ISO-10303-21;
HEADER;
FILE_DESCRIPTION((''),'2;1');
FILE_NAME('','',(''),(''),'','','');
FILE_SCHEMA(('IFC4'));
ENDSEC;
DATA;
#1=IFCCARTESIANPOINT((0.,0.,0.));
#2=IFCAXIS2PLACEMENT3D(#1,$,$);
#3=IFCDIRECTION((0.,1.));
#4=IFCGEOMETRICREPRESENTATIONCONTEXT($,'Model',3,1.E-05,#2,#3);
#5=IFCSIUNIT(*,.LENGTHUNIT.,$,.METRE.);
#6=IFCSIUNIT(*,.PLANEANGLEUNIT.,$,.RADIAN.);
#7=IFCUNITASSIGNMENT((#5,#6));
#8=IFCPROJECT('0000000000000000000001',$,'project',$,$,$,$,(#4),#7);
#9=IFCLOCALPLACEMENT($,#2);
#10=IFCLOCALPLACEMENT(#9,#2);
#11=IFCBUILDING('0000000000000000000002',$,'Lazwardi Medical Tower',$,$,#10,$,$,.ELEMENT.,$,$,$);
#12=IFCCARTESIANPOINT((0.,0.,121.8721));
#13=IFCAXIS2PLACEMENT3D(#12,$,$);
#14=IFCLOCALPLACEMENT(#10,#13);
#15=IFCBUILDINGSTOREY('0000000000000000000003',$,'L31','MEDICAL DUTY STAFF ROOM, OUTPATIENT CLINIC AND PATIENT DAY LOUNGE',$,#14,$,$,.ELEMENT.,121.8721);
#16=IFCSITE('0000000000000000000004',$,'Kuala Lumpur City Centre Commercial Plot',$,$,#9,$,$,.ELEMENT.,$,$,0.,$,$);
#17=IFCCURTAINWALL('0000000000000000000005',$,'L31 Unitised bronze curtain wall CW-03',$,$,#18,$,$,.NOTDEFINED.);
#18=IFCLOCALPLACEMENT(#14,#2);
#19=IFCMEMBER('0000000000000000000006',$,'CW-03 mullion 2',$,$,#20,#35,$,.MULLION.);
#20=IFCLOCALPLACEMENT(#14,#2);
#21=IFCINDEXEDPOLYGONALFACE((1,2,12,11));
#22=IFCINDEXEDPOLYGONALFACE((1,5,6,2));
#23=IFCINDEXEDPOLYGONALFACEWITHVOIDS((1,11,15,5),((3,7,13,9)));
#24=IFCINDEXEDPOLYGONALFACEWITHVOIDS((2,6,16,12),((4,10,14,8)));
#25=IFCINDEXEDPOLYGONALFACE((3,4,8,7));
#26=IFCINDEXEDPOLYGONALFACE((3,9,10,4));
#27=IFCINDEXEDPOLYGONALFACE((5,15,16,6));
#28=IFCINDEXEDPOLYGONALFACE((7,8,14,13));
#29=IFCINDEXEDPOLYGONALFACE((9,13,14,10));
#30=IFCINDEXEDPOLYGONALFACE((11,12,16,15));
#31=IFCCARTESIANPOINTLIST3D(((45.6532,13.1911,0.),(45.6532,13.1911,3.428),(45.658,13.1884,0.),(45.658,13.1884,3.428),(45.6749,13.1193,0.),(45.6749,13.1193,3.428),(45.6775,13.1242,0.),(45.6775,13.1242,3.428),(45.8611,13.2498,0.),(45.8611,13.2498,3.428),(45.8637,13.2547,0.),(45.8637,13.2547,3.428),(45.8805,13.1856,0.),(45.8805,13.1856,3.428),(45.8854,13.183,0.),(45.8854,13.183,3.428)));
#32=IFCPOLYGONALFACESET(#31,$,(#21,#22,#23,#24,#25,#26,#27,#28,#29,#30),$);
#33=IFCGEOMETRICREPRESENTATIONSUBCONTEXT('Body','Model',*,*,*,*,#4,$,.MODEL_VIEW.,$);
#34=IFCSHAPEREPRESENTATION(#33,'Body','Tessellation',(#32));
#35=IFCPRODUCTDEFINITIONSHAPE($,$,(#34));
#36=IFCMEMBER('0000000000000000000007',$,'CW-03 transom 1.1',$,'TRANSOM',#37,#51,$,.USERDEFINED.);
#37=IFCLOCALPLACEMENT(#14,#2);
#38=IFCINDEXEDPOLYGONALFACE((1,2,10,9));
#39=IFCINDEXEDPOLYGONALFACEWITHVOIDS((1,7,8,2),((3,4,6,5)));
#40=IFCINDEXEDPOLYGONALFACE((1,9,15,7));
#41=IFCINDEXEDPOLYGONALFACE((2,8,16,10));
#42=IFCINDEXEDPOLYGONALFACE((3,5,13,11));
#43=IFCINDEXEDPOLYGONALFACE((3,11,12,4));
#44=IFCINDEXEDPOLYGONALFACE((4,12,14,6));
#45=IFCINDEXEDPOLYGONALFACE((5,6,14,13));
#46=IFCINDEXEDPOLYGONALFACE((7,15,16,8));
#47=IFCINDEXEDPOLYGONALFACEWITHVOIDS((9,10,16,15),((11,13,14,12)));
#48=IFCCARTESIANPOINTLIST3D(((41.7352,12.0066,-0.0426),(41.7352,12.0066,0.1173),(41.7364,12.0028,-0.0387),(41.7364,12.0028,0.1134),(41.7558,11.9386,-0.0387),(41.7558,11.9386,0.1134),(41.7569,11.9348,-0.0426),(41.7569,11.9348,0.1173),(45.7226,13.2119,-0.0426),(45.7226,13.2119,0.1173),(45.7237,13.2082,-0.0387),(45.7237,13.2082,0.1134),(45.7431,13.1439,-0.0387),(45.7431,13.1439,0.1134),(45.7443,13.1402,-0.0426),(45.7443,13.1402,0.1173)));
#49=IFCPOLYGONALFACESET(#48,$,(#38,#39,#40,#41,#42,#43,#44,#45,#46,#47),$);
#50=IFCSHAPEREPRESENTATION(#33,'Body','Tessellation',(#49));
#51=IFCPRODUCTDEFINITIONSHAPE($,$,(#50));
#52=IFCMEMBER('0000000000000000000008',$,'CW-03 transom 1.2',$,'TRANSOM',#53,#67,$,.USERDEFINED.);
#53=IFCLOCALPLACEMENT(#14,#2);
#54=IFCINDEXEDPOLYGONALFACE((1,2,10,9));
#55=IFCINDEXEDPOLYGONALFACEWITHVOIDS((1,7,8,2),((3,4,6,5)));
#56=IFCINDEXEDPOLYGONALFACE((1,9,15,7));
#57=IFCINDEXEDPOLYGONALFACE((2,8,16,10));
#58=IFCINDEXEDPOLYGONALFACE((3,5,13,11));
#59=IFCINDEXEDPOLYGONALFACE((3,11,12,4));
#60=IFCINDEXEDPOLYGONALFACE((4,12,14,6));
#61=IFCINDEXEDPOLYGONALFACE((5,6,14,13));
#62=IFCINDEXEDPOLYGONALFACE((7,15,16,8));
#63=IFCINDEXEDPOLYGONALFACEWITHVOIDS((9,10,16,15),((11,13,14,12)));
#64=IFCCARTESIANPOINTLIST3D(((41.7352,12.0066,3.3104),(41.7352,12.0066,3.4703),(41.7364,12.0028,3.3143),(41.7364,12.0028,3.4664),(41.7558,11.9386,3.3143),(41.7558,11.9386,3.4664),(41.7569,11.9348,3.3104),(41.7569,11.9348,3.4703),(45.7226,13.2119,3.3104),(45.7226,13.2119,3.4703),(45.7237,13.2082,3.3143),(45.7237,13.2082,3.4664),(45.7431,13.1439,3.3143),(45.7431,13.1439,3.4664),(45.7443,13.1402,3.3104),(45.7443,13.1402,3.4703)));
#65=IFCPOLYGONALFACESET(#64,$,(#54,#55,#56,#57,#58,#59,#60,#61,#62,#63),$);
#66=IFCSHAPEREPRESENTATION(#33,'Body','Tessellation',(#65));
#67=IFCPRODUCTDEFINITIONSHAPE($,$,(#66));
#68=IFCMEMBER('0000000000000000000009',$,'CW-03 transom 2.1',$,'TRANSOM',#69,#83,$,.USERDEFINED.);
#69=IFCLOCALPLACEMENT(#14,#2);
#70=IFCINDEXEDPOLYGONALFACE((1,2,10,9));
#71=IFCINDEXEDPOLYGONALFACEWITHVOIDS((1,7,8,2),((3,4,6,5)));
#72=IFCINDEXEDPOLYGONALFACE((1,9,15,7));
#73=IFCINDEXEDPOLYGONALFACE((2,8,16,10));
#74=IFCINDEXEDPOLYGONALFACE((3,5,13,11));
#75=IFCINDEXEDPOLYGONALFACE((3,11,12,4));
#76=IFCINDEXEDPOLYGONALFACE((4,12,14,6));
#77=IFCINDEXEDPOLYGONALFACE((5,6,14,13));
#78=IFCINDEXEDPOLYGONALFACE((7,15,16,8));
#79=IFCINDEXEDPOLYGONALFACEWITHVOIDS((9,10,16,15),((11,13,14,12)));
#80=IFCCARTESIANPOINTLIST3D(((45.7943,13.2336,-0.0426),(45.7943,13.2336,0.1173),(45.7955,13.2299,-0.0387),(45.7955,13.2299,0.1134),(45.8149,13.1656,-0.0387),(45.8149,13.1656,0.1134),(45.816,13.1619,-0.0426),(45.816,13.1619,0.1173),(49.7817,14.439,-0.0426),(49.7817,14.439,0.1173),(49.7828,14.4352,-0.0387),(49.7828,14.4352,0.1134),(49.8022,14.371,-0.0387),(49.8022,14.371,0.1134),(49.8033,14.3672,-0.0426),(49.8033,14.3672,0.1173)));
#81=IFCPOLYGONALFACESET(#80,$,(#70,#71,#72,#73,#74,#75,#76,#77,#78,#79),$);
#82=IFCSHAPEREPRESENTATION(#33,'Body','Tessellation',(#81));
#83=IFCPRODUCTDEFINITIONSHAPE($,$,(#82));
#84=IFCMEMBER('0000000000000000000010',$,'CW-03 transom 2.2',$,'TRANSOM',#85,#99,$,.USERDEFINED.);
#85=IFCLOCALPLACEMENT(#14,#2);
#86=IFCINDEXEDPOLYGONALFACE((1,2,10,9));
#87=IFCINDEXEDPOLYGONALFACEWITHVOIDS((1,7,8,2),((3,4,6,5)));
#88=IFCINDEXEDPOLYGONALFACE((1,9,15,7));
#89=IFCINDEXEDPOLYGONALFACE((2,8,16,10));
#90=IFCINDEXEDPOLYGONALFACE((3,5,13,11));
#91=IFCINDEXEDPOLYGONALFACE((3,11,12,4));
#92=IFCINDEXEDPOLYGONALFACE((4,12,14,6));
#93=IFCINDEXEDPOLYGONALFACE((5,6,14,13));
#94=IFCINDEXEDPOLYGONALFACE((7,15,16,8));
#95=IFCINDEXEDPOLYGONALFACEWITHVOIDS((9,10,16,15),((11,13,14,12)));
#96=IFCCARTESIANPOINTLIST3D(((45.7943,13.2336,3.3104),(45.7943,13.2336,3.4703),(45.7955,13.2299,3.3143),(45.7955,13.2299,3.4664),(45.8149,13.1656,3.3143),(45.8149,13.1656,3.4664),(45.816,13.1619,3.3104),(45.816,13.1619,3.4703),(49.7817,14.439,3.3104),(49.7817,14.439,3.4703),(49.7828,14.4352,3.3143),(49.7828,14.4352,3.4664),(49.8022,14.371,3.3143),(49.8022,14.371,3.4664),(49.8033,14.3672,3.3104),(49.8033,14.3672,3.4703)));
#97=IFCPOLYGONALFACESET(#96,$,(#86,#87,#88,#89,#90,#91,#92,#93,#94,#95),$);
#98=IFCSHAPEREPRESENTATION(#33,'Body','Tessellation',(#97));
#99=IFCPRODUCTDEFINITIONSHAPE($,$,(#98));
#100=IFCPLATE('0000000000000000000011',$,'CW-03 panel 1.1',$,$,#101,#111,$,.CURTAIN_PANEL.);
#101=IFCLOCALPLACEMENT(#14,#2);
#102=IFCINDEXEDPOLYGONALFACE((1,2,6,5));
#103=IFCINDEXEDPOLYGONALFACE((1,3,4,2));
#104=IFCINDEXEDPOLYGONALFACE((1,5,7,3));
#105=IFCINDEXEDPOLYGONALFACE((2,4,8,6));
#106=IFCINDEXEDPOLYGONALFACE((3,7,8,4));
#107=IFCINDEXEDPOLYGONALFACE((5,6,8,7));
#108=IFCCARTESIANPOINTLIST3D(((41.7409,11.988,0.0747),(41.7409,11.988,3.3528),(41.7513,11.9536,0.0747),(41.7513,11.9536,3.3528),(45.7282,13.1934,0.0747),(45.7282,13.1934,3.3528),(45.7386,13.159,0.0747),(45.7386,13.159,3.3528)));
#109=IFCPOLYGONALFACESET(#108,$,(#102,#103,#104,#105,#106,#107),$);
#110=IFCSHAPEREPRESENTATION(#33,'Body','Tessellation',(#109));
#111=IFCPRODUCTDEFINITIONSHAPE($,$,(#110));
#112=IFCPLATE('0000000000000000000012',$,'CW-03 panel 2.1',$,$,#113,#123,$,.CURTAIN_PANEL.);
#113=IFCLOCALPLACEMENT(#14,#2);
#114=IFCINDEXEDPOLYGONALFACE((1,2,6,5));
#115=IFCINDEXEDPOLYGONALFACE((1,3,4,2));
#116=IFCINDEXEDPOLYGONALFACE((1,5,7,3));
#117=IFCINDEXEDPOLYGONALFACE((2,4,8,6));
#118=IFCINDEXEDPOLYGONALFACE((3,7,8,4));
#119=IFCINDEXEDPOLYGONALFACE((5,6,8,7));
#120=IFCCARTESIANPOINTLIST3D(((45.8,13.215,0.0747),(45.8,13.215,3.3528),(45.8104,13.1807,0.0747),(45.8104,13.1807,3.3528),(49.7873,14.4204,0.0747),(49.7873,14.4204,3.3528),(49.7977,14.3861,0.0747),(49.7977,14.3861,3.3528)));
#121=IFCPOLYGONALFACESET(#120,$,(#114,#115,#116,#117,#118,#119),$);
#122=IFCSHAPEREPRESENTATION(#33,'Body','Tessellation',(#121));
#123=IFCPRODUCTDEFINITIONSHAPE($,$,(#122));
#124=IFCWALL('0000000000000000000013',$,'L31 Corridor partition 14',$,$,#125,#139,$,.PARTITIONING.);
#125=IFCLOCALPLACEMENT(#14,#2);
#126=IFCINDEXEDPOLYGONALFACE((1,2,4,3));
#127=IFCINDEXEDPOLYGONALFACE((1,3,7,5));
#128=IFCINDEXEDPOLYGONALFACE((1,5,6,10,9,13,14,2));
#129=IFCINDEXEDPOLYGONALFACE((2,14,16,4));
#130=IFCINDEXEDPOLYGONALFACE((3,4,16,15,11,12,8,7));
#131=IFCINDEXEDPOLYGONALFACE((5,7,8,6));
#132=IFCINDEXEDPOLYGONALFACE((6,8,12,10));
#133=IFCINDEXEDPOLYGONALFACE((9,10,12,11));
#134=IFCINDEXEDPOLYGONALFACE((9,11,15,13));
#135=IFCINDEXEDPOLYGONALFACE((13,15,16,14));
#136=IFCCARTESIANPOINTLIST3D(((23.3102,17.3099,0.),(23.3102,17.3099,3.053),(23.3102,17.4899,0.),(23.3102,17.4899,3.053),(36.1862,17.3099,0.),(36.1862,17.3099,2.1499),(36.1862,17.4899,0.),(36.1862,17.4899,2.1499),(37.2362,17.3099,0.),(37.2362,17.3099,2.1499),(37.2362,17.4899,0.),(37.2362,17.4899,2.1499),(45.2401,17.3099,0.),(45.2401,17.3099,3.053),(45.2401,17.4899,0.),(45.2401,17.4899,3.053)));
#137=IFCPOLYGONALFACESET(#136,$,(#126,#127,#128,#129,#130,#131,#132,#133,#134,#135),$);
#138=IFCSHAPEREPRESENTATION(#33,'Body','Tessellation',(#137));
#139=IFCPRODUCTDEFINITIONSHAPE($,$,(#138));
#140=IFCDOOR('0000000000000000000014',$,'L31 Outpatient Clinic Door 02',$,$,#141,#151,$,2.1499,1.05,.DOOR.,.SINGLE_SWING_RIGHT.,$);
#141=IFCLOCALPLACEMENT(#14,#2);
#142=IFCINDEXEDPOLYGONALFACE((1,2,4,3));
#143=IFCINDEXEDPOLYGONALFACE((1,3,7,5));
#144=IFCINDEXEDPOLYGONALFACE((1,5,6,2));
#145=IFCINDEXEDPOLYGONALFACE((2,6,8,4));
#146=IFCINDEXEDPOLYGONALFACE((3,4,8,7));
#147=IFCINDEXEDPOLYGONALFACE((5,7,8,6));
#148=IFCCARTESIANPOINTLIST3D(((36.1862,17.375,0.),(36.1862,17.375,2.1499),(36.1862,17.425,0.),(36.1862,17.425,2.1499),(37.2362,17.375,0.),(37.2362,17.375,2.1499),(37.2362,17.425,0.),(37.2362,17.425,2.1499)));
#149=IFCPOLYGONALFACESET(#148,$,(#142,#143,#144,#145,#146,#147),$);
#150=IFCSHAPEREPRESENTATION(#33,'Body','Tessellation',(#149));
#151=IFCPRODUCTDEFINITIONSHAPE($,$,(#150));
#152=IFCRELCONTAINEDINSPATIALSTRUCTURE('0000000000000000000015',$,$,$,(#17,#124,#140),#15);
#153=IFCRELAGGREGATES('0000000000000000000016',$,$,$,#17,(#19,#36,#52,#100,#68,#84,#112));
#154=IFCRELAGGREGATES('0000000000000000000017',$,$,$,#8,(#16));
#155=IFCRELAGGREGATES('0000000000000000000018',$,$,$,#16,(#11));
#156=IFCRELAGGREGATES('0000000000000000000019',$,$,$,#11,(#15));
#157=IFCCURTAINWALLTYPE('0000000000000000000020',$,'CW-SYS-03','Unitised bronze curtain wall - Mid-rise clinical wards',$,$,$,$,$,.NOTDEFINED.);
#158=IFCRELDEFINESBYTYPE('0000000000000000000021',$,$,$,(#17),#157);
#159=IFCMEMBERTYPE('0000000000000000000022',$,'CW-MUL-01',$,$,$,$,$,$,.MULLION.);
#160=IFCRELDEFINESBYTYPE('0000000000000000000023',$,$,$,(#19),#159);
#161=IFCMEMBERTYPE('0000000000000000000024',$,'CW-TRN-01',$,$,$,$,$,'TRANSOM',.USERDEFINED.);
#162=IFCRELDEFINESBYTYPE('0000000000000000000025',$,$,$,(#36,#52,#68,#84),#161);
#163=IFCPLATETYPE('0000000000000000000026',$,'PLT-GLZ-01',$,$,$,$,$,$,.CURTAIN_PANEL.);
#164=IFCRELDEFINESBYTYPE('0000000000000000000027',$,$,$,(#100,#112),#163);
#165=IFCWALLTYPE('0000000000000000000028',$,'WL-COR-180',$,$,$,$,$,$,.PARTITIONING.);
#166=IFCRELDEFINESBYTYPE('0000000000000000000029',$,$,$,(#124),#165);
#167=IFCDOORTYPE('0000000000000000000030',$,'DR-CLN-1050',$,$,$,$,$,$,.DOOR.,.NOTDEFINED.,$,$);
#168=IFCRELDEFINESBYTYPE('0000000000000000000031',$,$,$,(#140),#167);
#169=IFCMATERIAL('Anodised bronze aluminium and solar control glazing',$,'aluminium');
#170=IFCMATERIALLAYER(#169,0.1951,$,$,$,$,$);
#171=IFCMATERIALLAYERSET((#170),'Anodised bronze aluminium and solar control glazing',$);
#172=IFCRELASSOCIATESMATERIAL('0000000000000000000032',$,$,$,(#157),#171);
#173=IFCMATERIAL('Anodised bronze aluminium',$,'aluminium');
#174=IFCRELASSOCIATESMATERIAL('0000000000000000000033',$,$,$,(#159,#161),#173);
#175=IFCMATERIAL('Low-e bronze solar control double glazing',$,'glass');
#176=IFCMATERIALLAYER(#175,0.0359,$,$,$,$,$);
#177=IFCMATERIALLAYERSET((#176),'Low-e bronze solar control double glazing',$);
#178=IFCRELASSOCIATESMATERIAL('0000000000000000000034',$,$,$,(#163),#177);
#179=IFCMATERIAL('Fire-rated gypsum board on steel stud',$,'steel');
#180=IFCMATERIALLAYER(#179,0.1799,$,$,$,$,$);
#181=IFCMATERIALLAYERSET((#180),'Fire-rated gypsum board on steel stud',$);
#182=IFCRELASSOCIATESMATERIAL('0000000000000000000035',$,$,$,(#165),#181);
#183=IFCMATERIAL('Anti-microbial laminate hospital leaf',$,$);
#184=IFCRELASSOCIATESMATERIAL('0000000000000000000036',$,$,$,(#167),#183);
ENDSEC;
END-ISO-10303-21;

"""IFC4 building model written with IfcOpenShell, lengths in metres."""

from ifc_helpers import new_model, si_unit, direction, frame, frame_2d, origin, origin_2d, place, context, subcontext, project, spatial, rectangle, hollow_rectangle, extrude, material, layer, layer_set, material_profile, profile_set, type_object, element, fill, aggregate, save


model = new_model("IFC4")

# Units and contexts
model_context = context("Model", 3, precision=1e-05, world=origin(), true_north=direction((0.0, 1.0)))
body_context = subcontext(model_context, "Body", "Model", "MODEL_VIEW")
ifc_project = project(units=[si_unit("LENGTHUNIT", "METRE"), si_unit("PLANEANGLEUNIT", "RADIAN")], contexts=[model_context])

# Site, building, storey
site_placement = place(None, origin())
site = spatial("IfcSite", under=ifc_project, at=site_placement, Name="Kuala Lumpur City Centre Commercial Plot", CompositionType="ELEMENT", RefElevation=0.0)
building_placement = place(site_placement, origin())
building = spatial("IfcBuilding", under=site, at=building_placement, Name="Lazwardi Medical Tower", CompositionType="ELEMENT")
storey_placement = place(building_placement, frame((0.0, 0.0, 121.8721)))
storey = spatial("IfcBuildingStorey", under=building, at=storey_placement, Name="L31", Description="MEDICAL DUTY STAFF ROOM, OUTPATIENT CLINIC AND PATIENT DAY LOUNGE", CompositionType="ELEMENT", Elevation=121.8721)

# Curtain wall, members, plates
ifc_material_1 = material(Name="Anodised bronze aluminium and solar control glazing", Category="aluminium")
ifc_layer_1 = layer(ifc_material_1, 0.1951)
ifc_layer_set_1 = layer_set([ifc_layer_1], Name="Anodised bronze aluminium and solar control glazing")
curtain_wall_type = type_object("IfcCurtainWallType", Name="CW-SYS-03", Description="Unitised bronze curtain wall - Mid-rise clinical wards", PredefinedType="NOTDEFINED", material=ifc_layer_set_1)
curtain_wall_placement = place(storey_placement, origin())
curtain_wall = element("IfcCurtainWall", 1, at=curtain_wall_placement, inside=storey, type_object=curtain_wall_type, Name="L31 Unitised bronze curtain wall CW-03", PredefinedType="NOTDEFINED")
ifc_material_2 = material(Name="Anodised bronze aluminium", Category="aluminium")
ifc_material_profile_1 = material_profile(ifc_material_2, hollow_rectangle(XDim=0.075, YDim=0.22, WallThickness=0.0039, at=origin_2d()), Name="ALU-MULLION 220x75x4")
ifc_profile_set_1 = profile_set([ifc_material_profile_1], Name="Anodised bronze aluminium")
member_type_1 = type_object("IfcMemberType", Name="CW-MUL-01", PredefinedType="MULLION", material=ifc_profile_set_1)
member_1_placement = place(storey_placement, frame((45.7693, 13.187, 0.0), z_axis=(0.0, 0.0, 1.0), x_axis=(-0.289374, 0.957216, 0.0)))
member_1 = element("IfcMember", 2, at=member_1_placement, type_object=member_type_1, Name="CW-03 mullion 2", PredefinedType="MULLION", context=body_context, shape_type="SweptSolid", body=[
    extrude(hollow_rectangle(XDim=0.075, YDim=0.22, WallThickness=0.0039, at=origin_2d()), origin(), (0.0, 0.0, 1.0), 3.428),
])
ifc_material_profile_2 = material_profile(ifc_material_2, hollow_rectangle(XDim=0.075, YDim=0.1599, WallThickness=0.0039, at=origin_2d()), Name="ALU-TRANSOM 160x75x4")
ifc_profile_set_2 = profile_set([ifc_material_profile_2], Name="Anodised bronze aluminium")
member_type_2 = type_object("IfcMemberType", Name="CW-TRN-01", ElementType="TRANSOM", PredefinedType="USERDEFINED", material=ifc_profile_set_2)
member_2_placement = place(storey_placement, frame((41.7461, 11.9707, 0.0374), z_axis=(0.957221, 0.289358, 0.0), x_axis=(-0.289358, 0.957221, 0.0)))
member_2 = element("IfcMember", 3, at=member_2_placement, type_object=member_type_2, Name="CW-03 transom 1.1", ObjectType="TRANSOM", PredefinedType="USERDEFINED", context=body_context, shape_type="SweptSolid", body=[
    extrude(hollow_rectangle(XDim=0.075, YDim=0.1599, WallThickness=0.0039, at=origin_2d()), origin(), (0.0, 0.0, 1.0), 4.1655),
])
member_3_placement = place(storey_placement, frame((41.7461, 11.9707, 3.3904), z_axis=(0.957221, 0.289358, 0.0), x_axis=(-0.289358, 0.957221, 0.0)))
member_3 = element("IfcMember", 4, at=member_3_placement, type_object=member_type_2, Name="CW-03 transom 1.2", ObjectType="TRANSOM", PredefinedType="USERDEFINED", context=body_context, shape_type="SweptSolid", body=[
    extrude(hollow_rectangle(XDim=0.075, YDim=0.1599, WallThickness=0.0039, at=origin_2d()), origin(), (0.0, 0.0, 1.0), 4.1655),
])
member_4_placement = place(storey_placement, frame((45.8052, 13.1978, 0.0374), z_axis=(0.957221, 0.289358, 0.0), x_axis=(-0.289358, 0.957221, 0.0)))
member_4 = element("IfcMember", 5, at=member_4_placement, type_object=member_type_2, Name="CW-03 transom 2.1", ObjectType="TRANSOM", PredefinedType="USERDEFINED", context=body_context, shape_type="SweptSolid", body=[
    extrude(hollow_rectangle(XDim=0.075, YDim=0.1599, WallThickness=0.0039, at=origin_2d()), origin(), (0.0, 0.0, 1.0), 4.1655),
])
member_5_placement = place(storey_placement, frame((45.8052, 13.1978, 3.3904), z_axis=(0.957221, 0.289358, 0.0), x_axis=(-0.289358, 0.957221, 0.0)))
member_5 = element("IfcMember", 6, at=member_5_placement, type_object=member_type_2, Name="CW-03 transom 2.2", ObjectType="TRANSOM", PredefinedType="USERDEFINED", context=body_context, shape_type="SweptSolid", body=[
    extrude(hollow_rectangle(XDim=0.075, YDim=0.1599, WallThickness=0.0039, at=origin_2d()), origin(), (0.0, 0.0, 1.0), 4.1655),
])
ifc_material_3 = material(Name="Low-e bronze solar control double glazing", Category="glass")
ifc_layer_2 = layer(ifc_material_3, 0.0359)
ifc_layer_set_2 = layer_set([ifc_layer_2], Name="Low-e bronze solar control double glazing")
plate_type = type_object("IfcPlateType", Name="PLT-GLZ-01", PredefinedType="CURTAIN_PANEL", material=ifc_layer_set_2)
plate_1_placement = place(storey_placement, frame((43.7397, 12.5735, 0.0747), z_axis=(0.0, 0.0, 1.0), x_axis=(0.957216, 0.289374, 0.0)))
plate_1 = element("IfcPlate", 7, at=plate_1_placement, type_object=plate_type, Name="CW-03 panel 1.1", PredefinedType="CURTAIN_PANEL", context=body_context, shape_type="SweptSolid", body=[
    extrude(rectangle(XDim=4.1655, YDim=0.0359, at=origin_2d()), origin(), (0.0, 0.0, 1.0), 3.2781),
])
plate_2_placement = place(storey_placement, frame((47.7988, 13.8005, 0.0747), z_axis=(0.0, 0.0, 1.0), x_axis=(0.957216, 0.289374, 0.0)))
plate_2 = element("IfcPlate", 8, at=plate_2_placement, type_object=plate_type, Name="CW-03 panel 2.1", PredefinedType="CURTAIN_PANEL", context=body_context, shape_type="SweptSolid", body=[
    extrude(rectangle(XDim=4.1655, YDim=0.0359, at=origin_2d()), origin(), (0.0, 0.0, 1.0), 3.2781),
])
aggregate(curtain_wall, [member_1, member_2, member_3, plate_1, member_4, member_5, plate_2])

# Wall, opening, door
ifc_material_4 = material(Name="Fire-rated gypsum board on steel stud", Category="steel")
ifc_layer_3 = layer(ifc_material_4, 0.1799)
ifc_layer_set_3 = layer_set([ifc_layer_3], Name="Fire-rated gypsum board on steel stud")
wall_type_1 = type_object("IfcWallType", Name="WL-COR-180", PredefinedType="PARTITIONING", material=ifc_layer_set_3)
wall_1_placement = place(storey_placement, frame((45.24, 17.3999, 0.0), z_axis=(0.0, 0.0, 1.0), x_axis=(-1.0, 0.0, 0.0)))
wall_1 = element("IfcWall", 9, at=wall_1_placement, inside=storey, type_object=wall_type_1, Name="L31 Corridor partition 14", PredefinedType="PARTITIONING", context=body_context, shape_type="SweptSolid", body=[
    extrude(rectangle(XDim=21.9299, YDim=0.1799, at=frame_2d((10.9648, 0.0))), origin(), (0.0, 0.0, 1.0), 3.053),
])
opening_1_placement = place(wall_1_placement, frame((8.0039, 0.0, 0.0)))
opening_1 = element("IfcOpeningElement", 10, at=opening_1_placement, cuts=wall_1, PredefinedType="OPENING", context=body_context, shape_type="SweptSolid", body=[
    extrude(rectangle(XDim=1.05, YDim=2.1499, at=frame_2d((0.5249, 1.075))), frame((0.0, 0.0999, 0.0), z_axis=(0.0, -1.0, 0.0), x_axis=(1.0, 0.0, 0.0)), (0.0, 0.0, 1.0), 0.2),
])
ifc_material_5 = material(Name="Anti-microbial laminate hospital leaf")
door_type = type_object("IfcDoorType", Name="DR-CLN-1050", OperationType="NOTDEFINED", PredefinedType="DOOR", material=ifc_material_5)
door_placement = place(opening_1_placement, origin())
door = element("IfcDoor", 11, at=door_placement, inside=storey, type_object=door_type, Name="L31 Outpatient Clinic Door 02", OperationType="SINGLE_SWING_RIGHT", OverallHeight=2.1499, OverallWidth=1.05, PredefinedType="DOOR", context=body_context, shape_type="SweptSolid", body=[
    extrude(rectangle(XDim=1.05, YDim=2.1499, at=frame_2d((0.5249, 1.075))), frame((0.0, 0.0249, 0.0), z_axis=(0.0, -1.0, 0.0), x_axis=(1.0, 0.0, 0.0)), (0.0, 0.0, 1.0), 0.05),
])
fill(opening_1, door)

save(model, "model.ifc")
